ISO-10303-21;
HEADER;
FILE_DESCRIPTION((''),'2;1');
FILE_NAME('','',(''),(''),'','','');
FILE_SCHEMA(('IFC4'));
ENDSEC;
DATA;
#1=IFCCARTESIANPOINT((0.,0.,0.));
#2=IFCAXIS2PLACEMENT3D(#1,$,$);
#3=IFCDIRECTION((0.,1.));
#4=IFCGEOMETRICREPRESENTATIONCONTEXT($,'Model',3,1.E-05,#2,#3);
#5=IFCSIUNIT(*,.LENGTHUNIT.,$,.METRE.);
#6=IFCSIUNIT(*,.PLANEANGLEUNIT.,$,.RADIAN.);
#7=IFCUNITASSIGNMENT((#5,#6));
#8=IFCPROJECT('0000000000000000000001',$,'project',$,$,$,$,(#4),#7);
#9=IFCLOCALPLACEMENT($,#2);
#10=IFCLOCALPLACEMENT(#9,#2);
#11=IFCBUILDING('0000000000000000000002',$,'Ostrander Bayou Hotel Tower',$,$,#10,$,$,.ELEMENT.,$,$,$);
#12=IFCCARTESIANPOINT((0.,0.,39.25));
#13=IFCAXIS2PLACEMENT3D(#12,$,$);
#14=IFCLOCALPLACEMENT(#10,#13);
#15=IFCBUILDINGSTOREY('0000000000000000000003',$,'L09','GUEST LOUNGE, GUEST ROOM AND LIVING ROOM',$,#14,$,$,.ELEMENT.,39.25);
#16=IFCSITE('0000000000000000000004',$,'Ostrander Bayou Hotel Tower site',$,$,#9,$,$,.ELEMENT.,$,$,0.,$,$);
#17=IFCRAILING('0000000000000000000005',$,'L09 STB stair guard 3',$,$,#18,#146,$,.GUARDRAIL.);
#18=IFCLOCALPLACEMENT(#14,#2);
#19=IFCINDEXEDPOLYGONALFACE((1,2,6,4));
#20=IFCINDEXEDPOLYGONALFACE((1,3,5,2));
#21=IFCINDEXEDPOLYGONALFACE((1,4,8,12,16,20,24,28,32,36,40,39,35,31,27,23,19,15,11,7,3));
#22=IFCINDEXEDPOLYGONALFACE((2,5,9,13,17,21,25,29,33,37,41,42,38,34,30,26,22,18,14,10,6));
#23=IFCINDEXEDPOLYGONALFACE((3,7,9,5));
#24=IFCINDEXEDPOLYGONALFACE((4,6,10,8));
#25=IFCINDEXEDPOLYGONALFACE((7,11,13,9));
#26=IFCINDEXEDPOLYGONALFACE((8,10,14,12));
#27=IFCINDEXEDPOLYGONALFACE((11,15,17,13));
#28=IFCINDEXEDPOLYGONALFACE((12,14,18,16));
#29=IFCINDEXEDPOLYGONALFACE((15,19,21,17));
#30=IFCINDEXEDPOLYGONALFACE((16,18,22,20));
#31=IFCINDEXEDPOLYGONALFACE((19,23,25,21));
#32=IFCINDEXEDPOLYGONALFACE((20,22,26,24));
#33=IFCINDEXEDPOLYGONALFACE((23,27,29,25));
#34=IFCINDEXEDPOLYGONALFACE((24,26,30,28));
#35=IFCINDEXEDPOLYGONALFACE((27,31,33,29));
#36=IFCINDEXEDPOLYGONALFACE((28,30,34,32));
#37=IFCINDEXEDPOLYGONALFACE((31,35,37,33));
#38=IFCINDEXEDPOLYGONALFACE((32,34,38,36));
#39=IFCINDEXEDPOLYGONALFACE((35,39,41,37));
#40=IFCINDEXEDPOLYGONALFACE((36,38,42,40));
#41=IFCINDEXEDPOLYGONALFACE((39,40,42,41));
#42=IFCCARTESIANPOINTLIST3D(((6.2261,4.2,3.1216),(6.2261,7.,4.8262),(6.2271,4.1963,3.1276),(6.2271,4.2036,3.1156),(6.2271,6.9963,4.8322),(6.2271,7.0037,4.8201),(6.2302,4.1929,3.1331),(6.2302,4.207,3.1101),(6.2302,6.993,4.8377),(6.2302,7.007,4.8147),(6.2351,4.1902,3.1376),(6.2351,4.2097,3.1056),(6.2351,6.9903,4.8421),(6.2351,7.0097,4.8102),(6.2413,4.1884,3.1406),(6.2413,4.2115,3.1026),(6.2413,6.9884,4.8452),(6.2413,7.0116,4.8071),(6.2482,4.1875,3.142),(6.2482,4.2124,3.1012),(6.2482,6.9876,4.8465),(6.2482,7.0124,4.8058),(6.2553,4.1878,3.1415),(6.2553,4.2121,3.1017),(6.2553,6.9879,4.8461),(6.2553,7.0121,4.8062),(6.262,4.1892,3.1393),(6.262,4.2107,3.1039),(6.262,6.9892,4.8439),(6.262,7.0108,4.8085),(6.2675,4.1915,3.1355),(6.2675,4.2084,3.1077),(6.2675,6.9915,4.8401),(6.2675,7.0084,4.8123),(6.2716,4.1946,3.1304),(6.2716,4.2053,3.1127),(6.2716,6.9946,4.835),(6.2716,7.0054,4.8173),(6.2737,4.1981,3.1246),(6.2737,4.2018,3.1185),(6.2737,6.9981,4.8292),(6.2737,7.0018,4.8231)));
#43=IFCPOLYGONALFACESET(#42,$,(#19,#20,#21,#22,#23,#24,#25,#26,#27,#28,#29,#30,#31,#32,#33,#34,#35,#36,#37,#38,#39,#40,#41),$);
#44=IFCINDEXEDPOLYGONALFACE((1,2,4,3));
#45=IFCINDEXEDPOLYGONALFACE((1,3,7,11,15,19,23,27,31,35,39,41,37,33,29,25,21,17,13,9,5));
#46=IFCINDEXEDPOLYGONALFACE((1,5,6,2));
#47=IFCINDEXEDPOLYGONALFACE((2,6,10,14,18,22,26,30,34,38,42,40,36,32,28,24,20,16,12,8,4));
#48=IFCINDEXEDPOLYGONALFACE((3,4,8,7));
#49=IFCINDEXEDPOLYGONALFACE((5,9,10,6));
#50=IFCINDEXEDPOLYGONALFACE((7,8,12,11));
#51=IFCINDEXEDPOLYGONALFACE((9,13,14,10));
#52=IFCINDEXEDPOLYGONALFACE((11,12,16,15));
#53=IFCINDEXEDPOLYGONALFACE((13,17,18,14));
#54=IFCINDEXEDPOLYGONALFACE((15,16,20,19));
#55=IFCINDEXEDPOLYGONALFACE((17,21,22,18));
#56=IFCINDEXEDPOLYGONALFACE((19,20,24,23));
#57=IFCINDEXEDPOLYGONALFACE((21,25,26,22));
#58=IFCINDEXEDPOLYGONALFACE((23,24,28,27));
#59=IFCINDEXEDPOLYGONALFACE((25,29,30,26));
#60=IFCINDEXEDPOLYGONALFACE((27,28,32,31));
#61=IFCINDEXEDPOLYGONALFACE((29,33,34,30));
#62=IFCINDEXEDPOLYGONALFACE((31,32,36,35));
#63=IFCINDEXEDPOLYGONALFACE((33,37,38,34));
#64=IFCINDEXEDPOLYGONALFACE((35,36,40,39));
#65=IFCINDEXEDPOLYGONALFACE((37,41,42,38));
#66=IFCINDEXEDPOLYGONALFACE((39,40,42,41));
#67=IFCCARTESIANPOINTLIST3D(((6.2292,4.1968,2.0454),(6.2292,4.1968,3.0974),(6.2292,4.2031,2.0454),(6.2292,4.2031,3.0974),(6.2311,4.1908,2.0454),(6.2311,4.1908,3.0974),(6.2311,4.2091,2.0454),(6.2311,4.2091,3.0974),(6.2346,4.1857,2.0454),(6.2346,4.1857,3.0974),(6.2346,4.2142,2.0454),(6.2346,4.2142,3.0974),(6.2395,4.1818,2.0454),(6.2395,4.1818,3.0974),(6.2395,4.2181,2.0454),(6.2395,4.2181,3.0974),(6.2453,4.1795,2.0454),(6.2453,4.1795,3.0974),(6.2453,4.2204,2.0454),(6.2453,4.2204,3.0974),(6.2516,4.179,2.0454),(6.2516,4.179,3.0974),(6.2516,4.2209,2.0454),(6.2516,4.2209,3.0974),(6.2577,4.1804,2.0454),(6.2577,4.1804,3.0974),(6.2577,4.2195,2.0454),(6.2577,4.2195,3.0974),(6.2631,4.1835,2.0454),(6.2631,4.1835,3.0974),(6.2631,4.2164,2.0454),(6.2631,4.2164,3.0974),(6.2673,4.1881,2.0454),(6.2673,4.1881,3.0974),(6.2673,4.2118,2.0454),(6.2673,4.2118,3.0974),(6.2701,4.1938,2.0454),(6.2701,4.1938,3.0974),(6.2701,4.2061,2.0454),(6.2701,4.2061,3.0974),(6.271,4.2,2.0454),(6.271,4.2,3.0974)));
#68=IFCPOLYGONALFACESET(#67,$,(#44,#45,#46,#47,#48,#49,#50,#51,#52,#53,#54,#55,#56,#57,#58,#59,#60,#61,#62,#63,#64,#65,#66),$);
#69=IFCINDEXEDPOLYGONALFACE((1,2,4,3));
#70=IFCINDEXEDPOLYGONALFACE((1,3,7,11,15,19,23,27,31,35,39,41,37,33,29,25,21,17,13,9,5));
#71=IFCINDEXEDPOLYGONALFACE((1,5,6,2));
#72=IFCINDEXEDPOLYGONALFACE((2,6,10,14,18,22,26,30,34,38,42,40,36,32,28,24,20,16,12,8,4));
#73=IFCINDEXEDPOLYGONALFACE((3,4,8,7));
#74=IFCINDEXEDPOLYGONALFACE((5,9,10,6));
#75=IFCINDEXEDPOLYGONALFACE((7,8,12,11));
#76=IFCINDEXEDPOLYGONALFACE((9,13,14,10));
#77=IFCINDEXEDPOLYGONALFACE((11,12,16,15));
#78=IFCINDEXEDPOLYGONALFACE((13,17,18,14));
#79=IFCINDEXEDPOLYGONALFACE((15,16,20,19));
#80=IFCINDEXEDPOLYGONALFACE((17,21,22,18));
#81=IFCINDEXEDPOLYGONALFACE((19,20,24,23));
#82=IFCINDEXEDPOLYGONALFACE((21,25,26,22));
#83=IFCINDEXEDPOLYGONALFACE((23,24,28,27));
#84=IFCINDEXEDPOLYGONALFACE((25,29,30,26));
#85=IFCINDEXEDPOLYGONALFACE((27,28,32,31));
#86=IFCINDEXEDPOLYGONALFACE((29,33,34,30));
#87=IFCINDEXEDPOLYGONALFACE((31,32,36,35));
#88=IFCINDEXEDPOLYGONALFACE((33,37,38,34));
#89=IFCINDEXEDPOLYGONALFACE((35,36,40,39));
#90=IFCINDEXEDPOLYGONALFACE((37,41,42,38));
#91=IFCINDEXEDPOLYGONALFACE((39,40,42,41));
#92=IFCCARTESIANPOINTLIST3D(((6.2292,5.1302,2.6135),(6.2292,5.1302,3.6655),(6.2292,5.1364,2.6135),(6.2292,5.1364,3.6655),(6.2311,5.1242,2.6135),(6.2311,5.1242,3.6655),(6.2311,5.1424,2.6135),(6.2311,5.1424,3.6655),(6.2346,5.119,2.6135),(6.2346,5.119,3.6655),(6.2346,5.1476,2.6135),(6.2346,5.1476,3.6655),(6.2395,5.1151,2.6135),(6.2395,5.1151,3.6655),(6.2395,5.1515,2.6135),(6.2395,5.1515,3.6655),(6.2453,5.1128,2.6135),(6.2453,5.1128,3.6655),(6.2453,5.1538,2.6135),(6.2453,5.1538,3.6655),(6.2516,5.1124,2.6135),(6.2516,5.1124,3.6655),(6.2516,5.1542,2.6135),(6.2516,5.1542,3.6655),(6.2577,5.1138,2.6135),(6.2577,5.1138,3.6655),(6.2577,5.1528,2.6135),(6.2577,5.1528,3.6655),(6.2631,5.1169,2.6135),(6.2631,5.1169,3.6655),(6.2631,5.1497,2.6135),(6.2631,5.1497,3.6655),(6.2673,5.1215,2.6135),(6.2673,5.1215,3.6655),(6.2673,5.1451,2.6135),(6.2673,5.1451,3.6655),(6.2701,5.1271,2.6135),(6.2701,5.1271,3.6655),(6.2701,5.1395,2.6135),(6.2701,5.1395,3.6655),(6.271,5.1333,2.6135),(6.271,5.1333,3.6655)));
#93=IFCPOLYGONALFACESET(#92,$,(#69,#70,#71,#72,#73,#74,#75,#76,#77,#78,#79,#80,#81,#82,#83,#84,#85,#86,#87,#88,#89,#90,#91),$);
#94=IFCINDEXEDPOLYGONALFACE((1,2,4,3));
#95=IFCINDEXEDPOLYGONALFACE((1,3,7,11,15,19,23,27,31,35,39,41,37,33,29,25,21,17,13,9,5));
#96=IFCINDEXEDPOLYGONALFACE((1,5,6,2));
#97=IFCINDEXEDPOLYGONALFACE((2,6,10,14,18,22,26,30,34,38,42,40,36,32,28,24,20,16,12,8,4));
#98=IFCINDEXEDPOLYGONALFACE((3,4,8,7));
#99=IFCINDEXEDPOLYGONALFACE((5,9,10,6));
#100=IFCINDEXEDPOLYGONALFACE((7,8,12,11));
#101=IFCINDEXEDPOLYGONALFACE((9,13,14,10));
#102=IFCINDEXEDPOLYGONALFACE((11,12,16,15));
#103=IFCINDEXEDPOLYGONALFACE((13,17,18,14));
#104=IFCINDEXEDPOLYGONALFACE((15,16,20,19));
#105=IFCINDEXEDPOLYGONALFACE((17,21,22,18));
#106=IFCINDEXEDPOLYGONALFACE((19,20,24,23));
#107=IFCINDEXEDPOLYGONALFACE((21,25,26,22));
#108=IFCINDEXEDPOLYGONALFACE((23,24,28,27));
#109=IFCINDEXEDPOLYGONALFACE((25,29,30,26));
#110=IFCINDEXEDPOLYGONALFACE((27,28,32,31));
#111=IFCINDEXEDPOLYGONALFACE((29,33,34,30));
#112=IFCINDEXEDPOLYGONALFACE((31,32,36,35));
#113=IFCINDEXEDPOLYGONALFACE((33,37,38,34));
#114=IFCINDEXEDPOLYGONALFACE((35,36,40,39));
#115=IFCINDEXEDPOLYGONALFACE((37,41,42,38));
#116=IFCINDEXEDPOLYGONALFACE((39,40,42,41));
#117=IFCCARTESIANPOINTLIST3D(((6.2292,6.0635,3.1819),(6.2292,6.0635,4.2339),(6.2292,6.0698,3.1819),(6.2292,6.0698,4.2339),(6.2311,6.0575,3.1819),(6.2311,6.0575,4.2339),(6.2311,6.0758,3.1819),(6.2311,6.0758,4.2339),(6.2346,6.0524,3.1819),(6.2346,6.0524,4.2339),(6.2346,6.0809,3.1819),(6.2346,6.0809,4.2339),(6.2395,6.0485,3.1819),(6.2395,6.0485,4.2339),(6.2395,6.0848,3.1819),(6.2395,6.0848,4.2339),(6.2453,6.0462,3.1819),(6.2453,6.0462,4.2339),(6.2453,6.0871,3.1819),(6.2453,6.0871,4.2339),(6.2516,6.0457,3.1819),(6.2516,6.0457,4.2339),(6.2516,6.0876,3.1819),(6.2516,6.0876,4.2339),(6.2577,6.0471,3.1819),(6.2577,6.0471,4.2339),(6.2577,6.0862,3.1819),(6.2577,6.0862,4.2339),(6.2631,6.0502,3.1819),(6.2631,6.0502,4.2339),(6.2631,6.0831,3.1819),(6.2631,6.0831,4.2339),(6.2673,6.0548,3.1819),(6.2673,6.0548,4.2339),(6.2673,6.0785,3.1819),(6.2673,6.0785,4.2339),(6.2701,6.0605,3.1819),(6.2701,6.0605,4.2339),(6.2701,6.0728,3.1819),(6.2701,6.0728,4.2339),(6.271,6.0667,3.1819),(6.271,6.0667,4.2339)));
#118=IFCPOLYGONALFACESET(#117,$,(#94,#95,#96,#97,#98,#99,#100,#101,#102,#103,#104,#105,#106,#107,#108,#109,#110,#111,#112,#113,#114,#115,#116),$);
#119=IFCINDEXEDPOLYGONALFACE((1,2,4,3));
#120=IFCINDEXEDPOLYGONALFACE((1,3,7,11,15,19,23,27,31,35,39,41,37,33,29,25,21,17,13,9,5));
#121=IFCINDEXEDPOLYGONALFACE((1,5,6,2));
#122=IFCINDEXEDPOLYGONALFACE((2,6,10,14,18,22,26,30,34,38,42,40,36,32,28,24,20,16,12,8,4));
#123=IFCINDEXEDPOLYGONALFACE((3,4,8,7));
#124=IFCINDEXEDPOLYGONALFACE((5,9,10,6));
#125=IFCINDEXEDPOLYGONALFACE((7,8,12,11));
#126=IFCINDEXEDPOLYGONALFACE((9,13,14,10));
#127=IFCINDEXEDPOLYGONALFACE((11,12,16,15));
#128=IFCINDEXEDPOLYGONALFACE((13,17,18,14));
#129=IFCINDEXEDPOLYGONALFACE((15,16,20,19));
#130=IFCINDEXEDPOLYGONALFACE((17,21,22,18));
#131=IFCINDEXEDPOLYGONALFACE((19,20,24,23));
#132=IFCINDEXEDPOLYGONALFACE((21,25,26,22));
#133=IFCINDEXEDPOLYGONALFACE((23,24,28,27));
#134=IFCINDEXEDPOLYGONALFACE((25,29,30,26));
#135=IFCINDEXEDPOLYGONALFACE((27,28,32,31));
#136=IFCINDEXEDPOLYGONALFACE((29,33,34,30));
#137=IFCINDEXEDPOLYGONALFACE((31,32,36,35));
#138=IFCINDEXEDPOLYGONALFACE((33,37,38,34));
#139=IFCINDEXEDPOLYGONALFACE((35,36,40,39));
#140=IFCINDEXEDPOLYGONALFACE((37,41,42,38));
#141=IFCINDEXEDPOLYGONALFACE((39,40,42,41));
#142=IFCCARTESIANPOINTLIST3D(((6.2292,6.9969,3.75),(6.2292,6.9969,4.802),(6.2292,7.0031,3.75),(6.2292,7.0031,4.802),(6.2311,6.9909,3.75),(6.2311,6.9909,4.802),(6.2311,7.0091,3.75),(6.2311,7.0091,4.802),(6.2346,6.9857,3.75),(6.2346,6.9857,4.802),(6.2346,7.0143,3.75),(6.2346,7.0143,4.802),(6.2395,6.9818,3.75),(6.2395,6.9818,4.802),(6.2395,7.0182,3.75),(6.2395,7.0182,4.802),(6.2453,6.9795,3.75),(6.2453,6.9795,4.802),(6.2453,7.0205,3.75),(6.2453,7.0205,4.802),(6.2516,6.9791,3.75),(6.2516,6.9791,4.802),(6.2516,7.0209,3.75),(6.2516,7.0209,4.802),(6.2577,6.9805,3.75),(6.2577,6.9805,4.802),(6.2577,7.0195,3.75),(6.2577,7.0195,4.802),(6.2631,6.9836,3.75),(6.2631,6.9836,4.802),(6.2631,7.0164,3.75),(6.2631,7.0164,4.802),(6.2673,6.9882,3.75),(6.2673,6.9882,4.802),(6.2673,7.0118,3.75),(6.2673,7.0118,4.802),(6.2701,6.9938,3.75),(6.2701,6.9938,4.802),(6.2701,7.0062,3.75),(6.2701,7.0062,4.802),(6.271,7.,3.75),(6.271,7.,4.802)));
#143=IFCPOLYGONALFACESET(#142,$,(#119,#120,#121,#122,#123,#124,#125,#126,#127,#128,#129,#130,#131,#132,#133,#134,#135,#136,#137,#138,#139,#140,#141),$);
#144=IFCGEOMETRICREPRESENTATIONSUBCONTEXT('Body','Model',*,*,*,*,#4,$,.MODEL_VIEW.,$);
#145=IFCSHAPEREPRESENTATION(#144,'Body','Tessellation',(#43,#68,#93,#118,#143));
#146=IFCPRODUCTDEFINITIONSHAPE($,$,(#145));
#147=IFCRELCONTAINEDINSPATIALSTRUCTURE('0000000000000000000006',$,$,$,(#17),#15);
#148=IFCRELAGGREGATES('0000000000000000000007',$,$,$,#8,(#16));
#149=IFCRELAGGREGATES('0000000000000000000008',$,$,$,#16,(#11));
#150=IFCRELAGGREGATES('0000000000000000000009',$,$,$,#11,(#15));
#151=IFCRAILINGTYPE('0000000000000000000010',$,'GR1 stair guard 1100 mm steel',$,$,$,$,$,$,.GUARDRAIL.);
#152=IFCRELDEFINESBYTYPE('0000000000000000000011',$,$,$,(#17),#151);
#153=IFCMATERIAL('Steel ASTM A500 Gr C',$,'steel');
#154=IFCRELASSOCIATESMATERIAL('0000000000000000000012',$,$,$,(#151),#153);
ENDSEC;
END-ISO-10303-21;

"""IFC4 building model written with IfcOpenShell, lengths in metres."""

from ifc_helpers import new_model, si_unit, direction, frame, origin, origin_2d, place, context, subcontext, project, spatial, circle, extrude, material, type_object, element, save


model = new_model("IFC4")

# Units and contexts
model_context = context("Model", 3, precision=1e-05, world=origin(), true_north=direction((0.0, 1.0)))
body_context = subcontext(model_context, "Body", "Model", "MODEL_VIEW")
ifc_project = project(units=[si_unit("LENGTHUNIT", "METRE"), si_unit("PLANEANGLEUNIT", "RADIAN")], contexts=[model_context])

# Site, building, storey
site_placement = place(None, origin())
site = spatial("IfcSite", under=ifc_project, at=site_placement, Name="Ostrander Bayou Hotel Tower site", CompositionType="ELEMENT", RefElevation=0.0)
building_placement = place(site_placement, origin())
building = spatial("IfcBuilding", under=site, at=building_placement, Name="Ostrander Bayou Hotel Tower", CompositionType="ELEMENT")
storey_placement = place(building_placement, frame((0.0, 0.0, 39.25)))
storey = spatial("IfcBuildingStorey", under=building, at=storey_placement, Name="L09", Description="GUEST LOUNGE, GUEST ROOM AND LIVING ROOM", CompositionType="ELEMENT", Elevation=39.25)

# Railing
ifc_material_1 = material(Name="Steel ASTM A500 Gr C", Category="steel")
railing_type_1 = type_object("IfcRailingType", Name="GR1 stair guard 1100 mm steel", PredefinedType="GUARDRAIL", material=ifc_material_1)
railing_1_placement = place(storey_placement, frame((6.25, 4.2, 2.0454)))
element("IfcRailing", 1, at=railing_1_placement, inside=storey, type_object=railing_type_1, Name="L09 STB stair guard 3", PredefinedType="GUARDRAIL", context=body_context, shape_type="SweptSolid", body=[
    extrude(circle(Radius=0.0239, at=origin_2d()), frame((0.0, 0.0, 1.0762), z_axis=(0.0, 0.85417, 0.519994), x_axis=(-1.0, 0.0, 0.0)), (0.0, 0.0, 1.0), 3.2781),
    extrude(circle(Radius=0.021, at=origin_2d()), origin(), (0.0, 0.0, 1.0), 1.052),
    extrude(circle(Radius=0.021, at=origin_2d()), frame((0.0, 0.9333, 0.5681)), (0.0, 0.0, 1.0), 1.052),
    extrude(circle(Radius=0.021, at=origin_2d()), frame((0.0, 1.8667, 1.1365)), (0.0, 0.0, 1.0), 1.052),
    extrude(circle(Radius=0.021, at=origin_2d()), frame((0.0, 2.8, 1.7046)), (0.0, 0.0, 1.0), 1.052),
])

save(model, "model.ifc")
